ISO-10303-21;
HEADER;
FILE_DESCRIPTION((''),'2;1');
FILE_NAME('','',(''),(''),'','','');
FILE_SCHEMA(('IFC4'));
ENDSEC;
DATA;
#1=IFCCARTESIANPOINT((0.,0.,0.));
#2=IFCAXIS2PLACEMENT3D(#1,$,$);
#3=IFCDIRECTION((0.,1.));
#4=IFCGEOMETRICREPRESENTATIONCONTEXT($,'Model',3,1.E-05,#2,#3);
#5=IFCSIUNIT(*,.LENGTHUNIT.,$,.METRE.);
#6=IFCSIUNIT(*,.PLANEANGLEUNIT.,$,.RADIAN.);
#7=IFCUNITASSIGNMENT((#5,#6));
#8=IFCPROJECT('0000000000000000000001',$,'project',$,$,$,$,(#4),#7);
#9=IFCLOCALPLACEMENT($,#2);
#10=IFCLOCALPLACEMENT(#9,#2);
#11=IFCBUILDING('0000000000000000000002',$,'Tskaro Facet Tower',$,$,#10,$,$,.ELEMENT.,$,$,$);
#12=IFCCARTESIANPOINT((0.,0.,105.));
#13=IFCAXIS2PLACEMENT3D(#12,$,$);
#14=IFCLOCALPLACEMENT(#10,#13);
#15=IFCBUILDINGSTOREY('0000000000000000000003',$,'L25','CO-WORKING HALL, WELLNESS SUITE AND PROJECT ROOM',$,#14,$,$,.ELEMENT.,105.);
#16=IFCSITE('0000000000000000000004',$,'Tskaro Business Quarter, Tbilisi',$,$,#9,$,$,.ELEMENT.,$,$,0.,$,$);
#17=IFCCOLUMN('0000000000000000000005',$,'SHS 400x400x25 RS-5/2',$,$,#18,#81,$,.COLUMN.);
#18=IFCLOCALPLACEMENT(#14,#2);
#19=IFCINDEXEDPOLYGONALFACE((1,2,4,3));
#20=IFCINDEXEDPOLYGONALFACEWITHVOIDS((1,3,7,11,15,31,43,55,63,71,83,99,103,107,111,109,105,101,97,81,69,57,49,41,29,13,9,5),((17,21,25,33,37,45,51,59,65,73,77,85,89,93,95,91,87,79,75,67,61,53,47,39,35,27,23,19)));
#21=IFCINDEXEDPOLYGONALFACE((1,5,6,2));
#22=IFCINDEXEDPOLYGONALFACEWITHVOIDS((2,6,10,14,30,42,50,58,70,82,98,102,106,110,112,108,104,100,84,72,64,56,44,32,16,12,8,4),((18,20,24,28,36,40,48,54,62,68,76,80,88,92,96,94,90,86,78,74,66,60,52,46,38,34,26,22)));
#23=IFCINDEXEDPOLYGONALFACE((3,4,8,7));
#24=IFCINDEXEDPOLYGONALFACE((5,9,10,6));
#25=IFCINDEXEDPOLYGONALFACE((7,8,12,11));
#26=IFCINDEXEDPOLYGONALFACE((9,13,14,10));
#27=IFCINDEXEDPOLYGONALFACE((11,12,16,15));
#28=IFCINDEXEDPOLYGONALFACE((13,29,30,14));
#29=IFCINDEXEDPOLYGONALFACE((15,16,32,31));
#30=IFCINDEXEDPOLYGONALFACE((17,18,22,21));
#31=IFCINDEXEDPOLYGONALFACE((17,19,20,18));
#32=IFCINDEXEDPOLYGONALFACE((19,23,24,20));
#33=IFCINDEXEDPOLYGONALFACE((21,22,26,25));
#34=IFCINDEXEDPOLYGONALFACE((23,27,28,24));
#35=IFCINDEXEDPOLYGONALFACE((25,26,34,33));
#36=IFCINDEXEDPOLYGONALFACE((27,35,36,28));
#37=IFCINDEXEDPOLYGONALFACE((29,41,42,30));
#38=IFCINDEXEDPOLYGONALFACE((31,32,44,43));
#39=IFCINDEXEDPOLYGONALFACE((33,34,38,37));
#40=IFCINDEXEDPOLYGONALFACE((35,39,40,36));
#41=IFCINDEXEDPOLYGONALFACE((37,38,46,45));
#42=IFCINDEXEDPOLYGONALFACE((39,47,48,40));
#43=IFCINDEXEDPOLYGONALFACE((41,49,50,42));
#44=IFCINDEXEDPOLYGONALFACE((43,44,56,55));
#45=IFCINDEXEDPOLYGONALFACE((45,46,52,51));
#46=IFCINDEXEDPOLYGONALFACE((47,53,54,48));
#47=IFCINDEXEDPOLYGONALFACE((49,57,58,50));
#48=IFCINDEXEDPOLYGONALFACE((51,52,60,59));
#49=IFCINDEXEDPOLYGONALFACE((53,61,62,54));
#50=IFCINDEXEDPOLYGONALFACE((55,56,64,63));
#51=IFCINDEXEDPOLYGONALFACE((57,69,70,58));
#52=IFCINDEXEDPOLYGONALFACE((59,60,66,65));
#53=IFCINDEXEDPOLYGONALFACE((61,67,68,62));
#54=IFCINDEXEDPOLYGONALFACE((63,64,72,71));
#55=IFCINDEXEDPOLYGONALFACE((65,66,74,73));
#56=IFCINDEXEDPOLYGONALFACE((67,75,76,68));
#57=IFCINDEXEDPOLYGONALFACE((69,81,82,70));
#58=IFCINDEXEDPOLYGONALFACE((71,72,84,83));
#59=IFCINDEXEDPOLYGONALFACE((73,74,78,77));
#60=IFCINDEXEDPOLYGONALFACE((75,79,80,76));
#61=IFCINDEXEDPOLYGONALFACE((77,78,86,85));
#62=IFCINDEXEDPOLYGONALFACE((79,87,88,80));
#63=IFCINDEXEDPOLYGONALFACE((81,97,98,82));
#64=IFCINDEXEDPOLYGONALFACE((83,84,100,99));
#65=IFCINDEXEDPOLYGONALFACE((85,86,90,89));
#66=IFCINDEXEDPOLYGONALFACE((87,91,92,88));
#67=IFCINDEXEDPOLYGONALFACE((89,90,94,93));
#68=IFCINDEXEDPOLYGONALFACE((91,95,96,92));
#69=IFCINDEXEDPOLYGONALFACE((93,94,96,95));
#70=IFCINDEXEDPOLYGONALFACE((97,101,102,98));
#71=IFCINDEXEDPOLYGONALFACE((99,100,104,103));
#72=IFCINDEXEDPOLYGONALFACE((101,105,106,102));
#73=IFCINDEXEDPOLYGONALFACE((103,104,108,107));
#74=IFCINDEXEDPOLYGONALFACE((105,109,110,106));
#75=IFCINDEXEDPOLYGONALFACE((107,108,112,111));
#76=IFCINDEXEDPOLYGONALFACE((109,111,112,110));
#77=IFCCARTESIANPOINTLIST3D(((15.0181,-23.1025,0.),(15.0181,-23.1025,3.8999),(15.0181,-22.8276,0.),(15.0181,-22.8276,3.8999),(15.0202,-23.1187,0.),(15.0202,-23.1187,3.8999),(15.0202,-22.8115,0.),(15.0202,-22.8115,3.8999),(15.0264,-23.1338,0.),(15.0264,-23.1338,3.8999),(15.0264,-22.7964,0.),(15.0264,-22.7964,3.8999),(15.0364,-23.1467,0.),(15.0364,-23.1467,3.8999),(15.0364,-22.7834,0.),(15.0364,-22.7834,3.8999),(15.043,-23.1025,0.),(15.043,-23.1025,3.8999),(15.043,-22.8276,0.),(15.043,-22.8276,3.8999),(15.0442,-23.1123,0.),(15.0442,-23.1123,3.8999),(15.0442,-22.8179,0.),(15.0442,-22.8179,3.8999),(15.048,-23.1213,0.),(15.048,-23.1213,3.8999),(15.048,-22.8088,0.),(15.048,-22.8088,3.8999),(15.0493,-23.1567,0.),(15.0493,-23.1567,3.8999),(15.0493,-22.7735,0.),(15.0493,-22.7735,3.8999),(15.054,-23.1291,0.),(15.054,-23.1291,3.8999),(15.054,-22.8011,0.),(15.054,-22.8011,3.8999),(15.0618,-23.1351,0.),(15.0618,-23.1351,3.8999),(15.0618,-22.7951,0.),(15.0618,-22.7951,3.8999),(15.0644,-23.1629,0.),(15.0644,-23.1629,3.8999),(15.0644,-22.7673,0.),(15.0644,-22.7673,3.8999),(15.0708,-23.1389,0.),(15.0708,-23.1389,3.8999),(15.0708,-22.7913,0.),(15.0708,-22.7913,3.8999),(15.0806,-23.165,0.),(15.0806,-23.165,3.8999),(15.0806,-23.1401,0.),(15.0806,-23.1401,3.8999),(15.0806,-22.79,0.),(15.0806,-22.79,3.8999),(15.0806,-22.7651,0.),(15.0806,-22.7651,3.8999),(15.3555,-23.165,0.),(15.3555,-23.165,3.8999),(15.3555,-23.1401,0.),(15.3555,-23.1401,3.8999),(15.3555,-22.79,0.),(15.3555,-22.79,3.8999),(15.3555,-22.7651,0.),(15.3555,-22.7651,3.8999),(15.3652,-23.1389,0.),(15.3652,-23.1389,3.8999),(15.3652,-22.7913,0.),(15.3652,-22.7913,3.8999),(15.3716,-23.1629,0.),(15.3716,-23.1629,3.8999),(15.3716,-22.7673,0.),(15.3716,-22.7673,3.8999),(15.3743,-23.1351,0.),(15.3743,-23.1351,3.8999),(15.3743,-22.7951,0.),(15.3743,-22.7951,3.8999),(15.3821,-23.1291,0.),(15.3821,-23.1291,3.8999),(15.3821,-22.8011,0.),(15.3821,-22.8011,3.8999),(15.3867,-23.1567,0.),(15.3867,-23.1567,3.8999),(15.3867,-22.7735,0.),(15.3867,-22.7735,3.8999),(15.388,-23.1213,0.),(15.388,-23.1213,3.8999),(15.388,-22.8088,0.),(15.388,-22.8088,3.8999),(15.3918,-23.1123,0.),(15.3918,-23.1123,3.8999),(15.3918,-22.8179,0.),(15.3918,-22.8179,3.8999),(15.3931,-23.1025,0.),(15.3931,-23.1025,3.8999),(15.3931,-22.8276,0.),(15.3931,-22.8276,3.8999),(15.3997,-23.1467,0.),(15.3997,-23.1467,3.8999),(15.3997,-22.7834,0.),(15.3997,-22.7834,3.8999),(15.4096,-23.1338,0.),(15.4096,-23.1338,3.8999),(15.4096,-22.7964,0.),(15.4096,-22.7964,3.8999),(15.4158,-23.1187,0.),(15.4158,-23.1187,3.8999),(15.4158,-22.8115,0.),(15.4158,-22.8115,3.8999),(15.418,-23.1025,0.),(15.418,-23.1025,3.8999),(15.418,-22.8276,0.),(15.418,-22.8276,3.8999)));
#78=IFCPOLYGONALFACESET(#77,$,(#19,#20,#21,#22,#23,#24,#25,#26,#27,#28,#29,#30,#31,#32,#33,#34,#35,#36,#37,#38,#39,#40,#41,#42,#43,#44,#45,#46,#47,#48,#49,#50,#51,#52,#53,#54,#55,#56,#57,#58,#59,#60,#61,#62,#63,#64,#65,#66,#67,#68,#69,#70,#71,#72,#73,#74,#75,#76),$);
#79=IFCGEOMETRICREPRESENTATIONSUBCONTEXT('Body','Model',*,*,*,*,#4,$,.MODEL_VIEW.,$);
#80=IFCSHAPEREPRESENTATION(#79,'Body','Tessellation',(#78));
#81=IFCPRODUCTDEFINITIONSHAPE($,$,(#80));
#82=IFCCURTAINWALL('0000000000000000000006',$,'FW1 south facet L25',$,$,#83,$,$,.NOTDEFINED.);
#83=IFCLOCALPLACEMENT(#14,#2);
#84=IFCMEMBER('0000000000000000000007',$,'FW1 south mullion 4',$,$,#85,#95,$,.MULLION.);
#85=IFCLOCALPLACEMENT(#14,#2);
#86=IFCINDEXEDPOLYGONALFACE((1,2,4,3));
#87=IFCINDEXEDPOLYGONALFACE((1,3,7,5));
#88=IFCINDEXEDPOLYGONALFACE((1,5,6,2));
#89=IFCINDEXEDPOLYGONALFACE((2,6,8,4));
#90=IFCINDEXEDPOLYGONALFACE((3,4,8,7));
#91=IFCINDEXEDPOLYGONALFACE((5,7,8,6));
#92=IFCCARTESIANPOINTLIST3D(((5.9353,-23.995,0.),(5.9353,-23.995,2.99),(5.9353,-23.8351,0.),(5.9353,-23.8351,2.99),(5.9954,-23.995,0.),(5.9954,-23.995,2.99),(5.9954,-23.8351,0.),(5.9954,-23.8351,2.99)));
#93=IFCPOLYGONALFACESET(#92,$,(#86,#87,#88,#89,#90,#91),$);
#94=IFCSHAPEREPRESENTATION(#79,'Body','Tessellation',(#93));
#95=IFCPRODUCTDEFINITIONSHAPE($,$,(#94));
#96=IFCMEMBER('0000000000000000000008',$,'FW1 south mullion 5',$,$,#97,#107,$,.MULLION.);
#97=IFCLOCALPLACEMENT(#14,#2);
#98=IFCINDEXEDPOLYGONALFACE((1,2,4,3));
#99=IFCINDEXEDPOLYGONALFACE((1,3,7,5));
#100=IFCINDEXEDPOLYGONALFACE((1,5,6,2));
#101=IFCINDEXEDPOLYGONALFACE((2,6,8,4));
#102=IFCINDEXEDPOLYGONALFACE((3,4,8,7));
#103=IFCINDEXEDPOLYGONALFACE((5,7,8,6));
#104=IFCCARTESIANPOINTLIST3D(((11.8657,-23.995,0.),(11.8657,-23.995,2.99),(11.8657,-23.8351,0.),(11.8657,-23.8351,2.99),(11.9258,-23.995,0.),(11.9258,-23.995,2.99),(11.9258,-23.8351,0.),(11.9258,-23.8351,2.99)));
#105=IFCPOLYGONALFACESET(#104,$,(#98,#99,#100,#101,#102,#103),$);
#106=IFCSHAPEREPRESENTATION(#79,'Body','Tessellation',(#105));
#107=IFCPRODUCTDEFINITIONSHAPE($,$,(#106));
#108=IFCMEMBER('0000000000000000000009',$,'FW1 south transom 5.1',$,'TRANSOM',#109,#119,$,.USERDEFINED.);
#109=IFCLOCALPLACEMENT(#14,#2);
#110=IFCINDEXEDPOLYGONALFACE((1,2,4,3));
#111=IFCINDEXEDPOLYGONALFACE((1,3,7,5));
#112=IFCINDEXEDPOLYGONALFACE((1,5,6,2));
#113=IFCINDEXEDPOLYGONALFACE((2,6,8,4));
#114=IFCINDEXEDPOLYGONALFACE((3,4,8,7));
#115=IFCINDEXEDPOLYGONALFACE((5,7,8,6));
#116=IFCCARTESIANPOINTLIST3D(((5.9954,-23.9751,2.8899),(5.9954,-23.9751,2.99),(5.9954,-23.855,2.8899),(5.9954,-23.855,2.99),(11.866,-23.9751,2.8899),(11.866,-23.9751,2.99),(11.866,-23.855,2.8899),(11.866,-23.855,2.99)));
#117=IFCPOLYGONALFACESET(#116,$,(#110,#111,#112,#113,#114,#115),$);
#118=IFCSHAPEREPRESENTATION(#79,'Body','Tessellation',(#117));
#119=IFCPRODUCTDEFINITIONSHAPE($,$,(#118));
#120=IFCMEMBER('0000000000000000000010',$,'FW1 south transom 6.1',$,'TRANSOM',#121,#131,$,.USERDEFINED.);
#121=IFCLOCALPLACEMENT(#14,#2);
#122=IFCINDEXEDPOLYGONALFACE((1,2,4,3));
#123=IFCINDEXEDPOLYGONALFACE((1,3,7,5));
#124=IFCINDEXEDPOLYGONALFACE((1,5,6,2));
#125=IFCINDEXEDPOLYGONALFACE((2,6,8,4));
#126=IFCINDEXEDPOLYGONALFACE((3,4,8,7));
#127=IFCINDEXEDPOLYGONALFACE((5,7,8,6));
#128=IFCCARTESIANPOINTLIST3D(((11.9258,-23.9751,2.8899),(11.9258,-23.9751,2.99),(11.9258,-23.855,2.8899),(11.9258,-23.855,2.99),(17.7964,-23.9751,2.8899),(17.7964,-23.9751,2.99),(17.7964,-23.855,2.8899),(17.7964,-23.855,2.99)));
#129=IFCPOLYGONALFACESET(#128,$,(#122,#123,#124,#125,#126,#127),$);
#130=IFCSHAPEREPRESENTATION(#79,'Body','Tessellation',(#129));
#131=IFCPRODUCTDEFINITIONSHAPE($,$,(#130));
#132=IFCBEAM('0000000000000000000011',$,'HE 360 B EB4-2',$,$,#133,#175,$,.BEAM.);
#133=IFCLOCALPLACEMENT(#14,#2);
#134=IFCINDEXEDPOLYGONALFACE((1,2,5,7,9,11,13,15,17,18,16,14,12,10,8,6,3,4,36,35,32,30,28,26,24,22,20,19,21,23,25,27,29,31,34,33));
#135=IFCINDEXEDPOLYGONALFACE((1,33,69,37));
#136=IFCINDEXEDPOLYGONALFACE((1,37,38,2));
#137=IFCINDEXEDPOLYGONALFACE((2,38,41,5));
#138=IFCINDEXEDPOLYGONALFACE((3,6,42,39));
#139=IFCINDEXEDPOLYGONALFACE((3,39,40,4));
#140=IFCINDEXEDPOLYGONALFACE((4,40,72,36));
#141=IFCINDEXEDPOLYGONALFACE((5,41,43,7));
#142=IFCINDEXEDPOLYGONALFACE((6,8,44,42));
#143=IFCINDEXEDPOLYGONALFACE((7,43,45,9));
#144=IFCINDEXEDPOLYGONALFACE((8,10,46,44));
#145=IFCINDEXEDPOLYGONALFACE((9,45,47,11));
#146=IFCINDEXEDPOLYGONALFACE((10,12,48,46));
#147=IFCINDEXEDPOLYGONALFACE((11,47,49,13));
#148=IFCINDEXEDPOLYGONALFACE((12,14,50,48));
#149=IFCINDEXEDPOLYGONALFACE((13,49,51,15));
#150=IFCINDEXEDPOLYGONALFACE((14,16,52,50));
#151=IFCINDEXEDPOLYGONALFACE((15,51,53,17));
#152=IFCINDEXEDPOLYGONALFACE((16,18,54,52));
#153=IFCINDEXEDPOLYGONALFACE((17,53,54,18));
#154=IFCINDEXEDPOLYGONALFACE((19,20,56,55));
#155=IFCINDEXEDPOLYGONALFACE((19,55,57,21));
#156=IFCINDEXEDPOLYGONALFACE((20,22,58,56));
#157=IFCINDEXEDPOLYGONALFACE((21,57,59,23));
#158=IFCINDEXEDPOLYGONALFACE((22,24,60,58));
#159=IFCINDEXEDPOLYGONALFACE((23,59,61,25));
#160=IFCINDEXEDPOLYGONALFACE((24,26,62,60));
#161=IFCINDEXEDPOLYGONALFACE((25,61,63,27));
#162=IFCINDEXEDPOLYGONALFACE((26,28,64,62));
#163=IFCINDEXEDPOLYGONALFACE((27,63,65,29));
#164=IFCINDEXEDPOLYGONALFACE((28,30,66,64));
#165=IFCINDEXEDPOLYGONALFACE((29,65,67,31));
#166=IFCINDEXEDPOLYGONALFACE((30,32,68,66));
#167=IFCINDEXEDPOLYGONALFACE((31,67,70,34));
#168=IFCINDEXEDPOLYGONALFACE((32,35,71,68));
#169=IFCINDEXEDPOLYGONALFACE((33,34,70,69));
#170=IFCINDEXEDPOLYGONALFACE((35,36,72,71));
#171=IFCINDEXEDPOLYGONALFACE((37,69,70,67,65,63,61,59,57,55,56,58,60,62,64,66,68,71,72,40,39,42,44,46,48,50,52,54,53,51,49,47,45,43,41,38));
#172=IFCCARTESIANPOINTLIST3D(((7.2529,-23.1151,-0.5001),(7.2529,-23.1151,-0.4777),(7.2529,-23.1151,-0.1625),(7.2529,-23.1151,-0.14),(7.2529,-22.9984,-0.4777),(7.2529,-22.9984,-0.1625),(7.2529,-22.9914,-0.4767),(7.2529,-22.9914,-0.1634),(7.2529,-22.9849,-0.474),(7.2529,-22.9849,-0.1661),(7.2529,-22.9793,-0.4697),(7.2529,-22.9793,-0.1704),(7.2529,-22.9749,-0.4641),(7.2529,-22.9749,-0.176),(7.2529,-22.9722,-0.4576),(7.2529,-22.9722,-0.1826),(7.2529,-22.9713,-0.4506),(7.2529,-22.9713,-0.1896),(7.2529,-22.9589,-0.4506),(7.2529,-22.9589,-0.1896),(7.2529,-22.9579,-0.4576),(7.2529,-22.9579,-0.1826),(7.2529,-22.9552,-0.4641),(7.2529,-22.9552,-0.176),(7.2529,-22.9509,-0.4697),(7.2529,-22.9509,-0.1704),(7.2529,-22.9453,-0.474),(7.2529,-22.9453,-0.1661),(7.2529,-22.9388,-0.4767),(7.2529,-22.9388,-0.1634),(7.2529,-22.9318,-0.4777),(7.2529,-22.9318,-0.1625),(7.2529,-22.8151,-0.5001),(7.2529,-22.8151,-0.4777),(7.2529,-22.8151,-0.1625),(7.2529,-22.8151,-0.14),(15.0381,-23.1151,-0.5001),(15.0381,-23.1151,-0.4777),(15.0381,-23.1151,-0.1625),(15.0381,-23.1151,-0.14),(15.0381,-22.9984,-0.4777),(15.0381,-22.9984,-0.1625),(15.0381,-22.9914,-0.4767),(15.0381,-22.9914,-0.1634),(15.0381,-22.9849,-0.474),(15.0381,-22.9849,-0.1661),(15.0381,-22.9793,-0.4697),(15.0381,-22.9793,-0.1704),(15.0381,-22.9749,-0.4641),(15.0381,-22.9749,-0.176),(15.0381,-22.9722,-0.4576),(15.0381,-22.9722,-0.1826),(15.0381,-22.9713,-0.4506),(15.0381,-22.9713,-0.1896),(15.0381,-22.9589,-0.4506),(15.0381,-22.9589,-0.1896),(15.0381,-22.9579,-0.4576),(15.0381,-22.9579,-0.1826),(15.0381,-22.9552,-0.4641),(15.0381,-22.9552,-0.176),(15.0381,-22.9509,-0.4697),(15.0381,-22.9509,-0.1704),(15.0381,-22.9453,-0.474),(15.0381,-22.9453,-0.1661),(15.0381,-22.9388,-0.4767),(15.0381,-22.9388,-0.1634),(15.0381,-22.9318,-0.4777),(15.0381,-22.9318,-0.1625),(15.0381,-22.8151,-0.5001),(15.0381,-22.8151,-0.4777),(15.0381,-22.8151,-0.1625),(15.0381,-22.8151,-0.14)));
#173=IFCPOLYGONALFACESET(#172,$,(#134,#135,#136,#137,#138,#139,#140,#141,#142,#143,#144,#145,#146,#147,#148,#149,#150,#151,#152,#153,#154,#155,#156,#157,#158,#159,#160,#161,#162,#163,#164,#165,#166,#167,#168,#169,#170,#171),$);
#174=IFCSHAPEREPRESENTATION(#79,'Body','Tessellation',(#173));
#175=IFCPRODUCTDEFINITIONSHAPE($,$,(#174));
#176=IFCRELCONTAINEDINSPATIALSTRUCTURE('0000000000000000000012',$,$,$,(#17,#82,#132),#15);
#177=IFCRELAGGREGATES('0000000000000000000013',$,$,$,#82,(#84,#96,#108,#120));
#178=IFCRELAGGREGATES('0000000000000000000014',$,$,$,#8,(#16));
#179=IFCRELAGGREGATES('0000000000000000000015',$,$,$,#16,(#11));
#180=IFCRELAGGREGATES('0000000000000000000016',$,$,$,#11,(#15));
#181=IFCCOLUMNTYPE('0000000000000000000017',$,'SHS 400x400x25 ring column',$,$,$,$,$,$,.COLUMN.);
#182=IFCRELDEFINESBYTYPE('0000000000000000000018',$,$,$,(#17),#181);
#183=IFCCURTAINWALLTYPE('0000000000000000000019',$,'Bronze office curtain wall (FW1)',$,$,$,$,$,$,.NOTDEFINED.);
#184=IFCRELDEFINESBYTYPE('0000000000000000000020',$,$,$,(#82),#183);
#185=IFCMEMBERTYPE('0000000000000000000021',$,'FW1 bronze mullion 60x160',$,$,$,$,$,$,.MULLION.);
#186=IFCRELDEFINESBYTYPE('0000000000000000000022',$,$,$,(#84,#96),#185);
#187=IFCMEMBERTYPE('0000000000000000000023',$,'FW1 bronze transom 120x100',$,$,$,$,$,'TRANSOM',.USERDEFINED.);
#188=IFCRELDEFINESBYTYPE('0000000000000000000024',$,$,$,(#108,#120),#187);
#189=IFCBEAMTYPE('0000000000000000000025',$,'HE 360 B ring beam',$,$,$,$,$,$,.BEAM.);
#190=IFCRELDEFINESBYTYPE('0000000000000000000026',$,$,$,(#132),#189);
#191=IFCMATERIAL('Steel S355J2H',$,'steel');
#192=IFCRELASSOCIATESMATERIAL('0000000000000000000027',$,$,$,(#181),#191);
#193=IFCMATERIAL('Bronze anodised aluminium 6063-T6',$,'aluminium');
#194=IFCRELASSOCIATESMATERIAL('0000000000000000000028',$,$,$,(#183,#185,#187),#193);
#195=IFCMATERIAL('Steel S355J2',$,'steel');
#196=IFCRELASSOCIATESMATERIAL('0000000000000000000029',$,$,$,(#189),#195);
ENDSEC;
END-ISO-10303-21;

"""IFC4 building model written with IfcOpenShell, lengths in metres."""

from ifc_helpers import new_model, si_unit, direction, frame, origin, origin_2d, place, context, subcontext, project, spatial, rectangle, hollow_rectangle, i_section, extrude, material, material_profile, profile_set, type_object, element, aggregate, save


model = new_model("IFC4")

# Units and contexts
model_context = context("Model", 3, precision=1e-05, world=origin(), true_north=direction((0.0, 1.0)))
body_context = subcontext(model_context, "Body", "Model", "MODEL_VIEW")
ifc_project = project(units=[si_unit("LENGTHUNIT", "METRE"), si_unit("PLANEANGLEUNIT", "RADIAN")], contexts=[model_context])

# Site, building, storey
site_placement = place(None, origin())
site = spatial("IfcSite", under=ifc_project, at=site_placement, Name="Tskaro Business Quarter, Tbilisi", CompositionType="ELEMENT", RefElevation=0.0)
building_placement = place(site_placement, origin())
building = spatial("IfcBuilding", under=site, at=building_placement, Name="Tskaro Facet Tower", CompositionType="ELEMENT")
storey_placement = place(building_placement, frame((0.0, 0.0, 105.0)))
storey = spatial("IfcBuildingStorey", under=building, at=storey_placement, Name="L25", Description="CO-WORKING HALL, WELLNESS SUITE AND PROJECT ROOM", CompositionType="ELEMENT", Elevation=105.0)

# Column
ifc_material_1 = material(Name="Steel S355J2H", Category="steel")
ifc_material_profile_1 = material_profile(ifc_material_1, hollow_rectangle(XDim=0.3999, YDim=0.3999, WallThickness=0.0249, InnerFilletRadius=0.0376, OuterFilletRadius=0.0625, at=origin_2d()), Name="SHS 400x400x25")
ifc_profile_set_1 = profile_set([ifc_material_profile_1], Name="Steel S355J2H")
column_type_1 = type_object("IfcColumnType", Name="SHS 400x400x25 ring column", PredefinedType="COLUMN", material=ifc_profile_set_1)
for number, where, z_axis, x_axis, name in (
    (1, (15.218, -22.9651, 0.0), (0.0, 0.0, 1.0), (1.0, 0.0, 0.0), "SHS 400x400x25 RS-5/2"),
):
    element("IfcColumn", number, at=place(storey_placement, frame(where, z_axis=z_axis, x_axis=x_axis)), inside=storey, type_object=column_type_1, Name=name, PredefinedType="COLUMN", context=body_context, shape_type="SweptSolid", body=[
        extrude(hollow_rectangle(XDim=0.3999, YDim=0.3999, WallThickness=0.0249, InnerFilletRadius=0.0376, OuterFilletRadius=0.0625, at=origin_2d()), origin(), (0.0, 0.0, 1.0), 3.8999),
    ])

# Curtain wall, members
ifc_material_2 = material(Name="Bronze anodised aluminium 6063-T6", Category="aluminium")
curtain_wall_type = type_object("IfcCurtainWallType", Name="Bronze office curtain wall (FW1)", PredefinedType="NOTDEFINED", material=ifc_material_2)
curtain_wall_placement = place(storey_placement, origin())
curtain_wall = element("IfcCurtainWall", 2, at=curtain_wall_placement, inside=storey, type_object=curtain_wall_type, Name="FW1 south facet L25", PredefinedType="NOTDEFINED")
ifc_material_profile_2 = material_profile(ifc_material_2, rectangle(XDim=0.0601, YDim=0.1599, at=origin_2d()), Name="Mullion 60x160")
ifc_profile_set_2 = profile_set([ifc_material_profile_2], Name="Bronze anodised aluminium 6063-T6")
member_type_1 = type_object("IfcMemberType", Name="FW1 bronze mullion 60x160", PredefinedType="MULLION", material=ifc_profile_set_2)
member_1_placement = place(storey_placement, frame((5.9653, -23.915, 0.0), z_axis=(0.0, 0.0, 1.0), x_axis=(1.0, 0.0, 0.0)))
member_1 = element("IfcMember", 3, at=member_1_placement, type_object=member_type_1, Name="FW1 south mullion 4", PredefinedType="MULLION", context=body_context, shape_type="SweptSolid", body=[
    extrude(rectangle(XDim=0.0601, YDim=0.1599, at=origin_2d()), origin(), (0.0, 0.0, 1.0), 2.99),
])
member_2_placement = place(storey_placement, frame((11.8958, -23.915, 0.0), z_axis=(0.0, 0.0, 1.0), x_axis=(1.0, 0.0, 0.0)))
member_2 = element("IfcMember", 4, at=member_2_placement, type_object=member_type_1, Name="FW1 south mullion 5", PredefinedType="MULLION", context=body_context, shape_type="SweptSolid", body=[
    extrude(rectangle(XDim=0.0601, YDim=0.1599, at=origin_2d()), origin(), (0.0, 0.0, 1.0), 2.99),
])
ifc_material_profile_3 = material_profile(ifc_material_2, rectangle(XDim=0.1201, YDim=0.1001, at=origin_2d()), Name="Transom 120x100")
ifc_profile_set_3 = profile_set([ifc_material_profile_3], Name="Bronze anodised aluminium 6063-T6")
member_type_2 = type_object("IfcMemberType", Name="FW1 bronze transom 120x100", ElementType="TRANSOM", PredefinedType="USERDEFINED", material=ifc_profile_set_3)
member_3_placement = place(storey_placement, frame((5.9954, -23.915, 2.9399), z_axis=(1.0, 0.0, 0.0), x_axis=(0.0, 1.0, 0.0)))
member_3 = element("IfcMember", 5, at=member_3_placement, type_object=member_type_2, Name="FW1 south transom 5.1", ObjectType="TRANSOM", PredefinedType="USERDEFINED", context=body_context, shape_type="SweptSolid", body=[
    extrude(rectangle(XDim=0.1201, YDim=0.1001, at=origin_2d()), origin(), (0.0, 0.0, 1.0), 5.8706),
])
member_4_placement = place(storey_placement, frame((11.9258, -23.915, 2.9399), z_axis=(1.0, 0.0, 0.0), x_axis=(0.0, 1.0, 0.0)))
member_4 = element("IfcMember", 6, at=member_4_placement, type_object=member_type_2, Name="FW1 south transom 6.1", ObjectType="TRANSOM", PredefinedType="USERDEFINED", context=body_context, shape_type="SweptSolid", body=[
    extrude(rectangle(XDim=0.1201, YDim=0.1001, at=origin_2d()), origin(), (0.0, 0.0, 1.0), 5.8706),
])

# Beam
ifc_material_3 = material(Name="Steel S355J2", Category="steel")
ifc_material_profile_4 = material_profile(ifc_material_3, i_section(OverallWidth=0.3, OverallDepth=0.3601, WebThickness=0.0125, FlangeThickness=0.0225, FilletRadius=0.0271, at=origin_2d()), Name="HE 360 B")
ifc_profile_set_4 = profile_set([ifc_material_profile_4], Name="Steel S355J2")
beam_type_1 = type_object("IfcBeamType", Name="HE 360 B ring beam", PredefinedType="BEAM", material=ifc_profile_set_4)
beam_1_placement = place(storey_placement, frame((7.2529, -22.9651, -0.3201), z_axis=(1.0, 0.0, 0.0), x_axis=(0.0, 1.0, 0.0)))
element("IfcBeam", 7, at=beam_1_placement, inside=storey, type_object=beam_type_1, Name="HE 360 B EB4-2", PredefinedType="BEAM", context=body_context, shape_type="SweptSolid", body=[
    extrude(i_section(OverallWidth=0.3, OverallDepth=0.3601, WebThickness=0.0125, FlangeThickness=0.0225, FilletRadius=0.0271, at=origin_2d()), origin(), (0.0, 0.0, 1.0), 7.7852),
])

aggregate(curtain_wall, [member_1, member_2, member_3, member_4])

save(model, "model.ifc")
